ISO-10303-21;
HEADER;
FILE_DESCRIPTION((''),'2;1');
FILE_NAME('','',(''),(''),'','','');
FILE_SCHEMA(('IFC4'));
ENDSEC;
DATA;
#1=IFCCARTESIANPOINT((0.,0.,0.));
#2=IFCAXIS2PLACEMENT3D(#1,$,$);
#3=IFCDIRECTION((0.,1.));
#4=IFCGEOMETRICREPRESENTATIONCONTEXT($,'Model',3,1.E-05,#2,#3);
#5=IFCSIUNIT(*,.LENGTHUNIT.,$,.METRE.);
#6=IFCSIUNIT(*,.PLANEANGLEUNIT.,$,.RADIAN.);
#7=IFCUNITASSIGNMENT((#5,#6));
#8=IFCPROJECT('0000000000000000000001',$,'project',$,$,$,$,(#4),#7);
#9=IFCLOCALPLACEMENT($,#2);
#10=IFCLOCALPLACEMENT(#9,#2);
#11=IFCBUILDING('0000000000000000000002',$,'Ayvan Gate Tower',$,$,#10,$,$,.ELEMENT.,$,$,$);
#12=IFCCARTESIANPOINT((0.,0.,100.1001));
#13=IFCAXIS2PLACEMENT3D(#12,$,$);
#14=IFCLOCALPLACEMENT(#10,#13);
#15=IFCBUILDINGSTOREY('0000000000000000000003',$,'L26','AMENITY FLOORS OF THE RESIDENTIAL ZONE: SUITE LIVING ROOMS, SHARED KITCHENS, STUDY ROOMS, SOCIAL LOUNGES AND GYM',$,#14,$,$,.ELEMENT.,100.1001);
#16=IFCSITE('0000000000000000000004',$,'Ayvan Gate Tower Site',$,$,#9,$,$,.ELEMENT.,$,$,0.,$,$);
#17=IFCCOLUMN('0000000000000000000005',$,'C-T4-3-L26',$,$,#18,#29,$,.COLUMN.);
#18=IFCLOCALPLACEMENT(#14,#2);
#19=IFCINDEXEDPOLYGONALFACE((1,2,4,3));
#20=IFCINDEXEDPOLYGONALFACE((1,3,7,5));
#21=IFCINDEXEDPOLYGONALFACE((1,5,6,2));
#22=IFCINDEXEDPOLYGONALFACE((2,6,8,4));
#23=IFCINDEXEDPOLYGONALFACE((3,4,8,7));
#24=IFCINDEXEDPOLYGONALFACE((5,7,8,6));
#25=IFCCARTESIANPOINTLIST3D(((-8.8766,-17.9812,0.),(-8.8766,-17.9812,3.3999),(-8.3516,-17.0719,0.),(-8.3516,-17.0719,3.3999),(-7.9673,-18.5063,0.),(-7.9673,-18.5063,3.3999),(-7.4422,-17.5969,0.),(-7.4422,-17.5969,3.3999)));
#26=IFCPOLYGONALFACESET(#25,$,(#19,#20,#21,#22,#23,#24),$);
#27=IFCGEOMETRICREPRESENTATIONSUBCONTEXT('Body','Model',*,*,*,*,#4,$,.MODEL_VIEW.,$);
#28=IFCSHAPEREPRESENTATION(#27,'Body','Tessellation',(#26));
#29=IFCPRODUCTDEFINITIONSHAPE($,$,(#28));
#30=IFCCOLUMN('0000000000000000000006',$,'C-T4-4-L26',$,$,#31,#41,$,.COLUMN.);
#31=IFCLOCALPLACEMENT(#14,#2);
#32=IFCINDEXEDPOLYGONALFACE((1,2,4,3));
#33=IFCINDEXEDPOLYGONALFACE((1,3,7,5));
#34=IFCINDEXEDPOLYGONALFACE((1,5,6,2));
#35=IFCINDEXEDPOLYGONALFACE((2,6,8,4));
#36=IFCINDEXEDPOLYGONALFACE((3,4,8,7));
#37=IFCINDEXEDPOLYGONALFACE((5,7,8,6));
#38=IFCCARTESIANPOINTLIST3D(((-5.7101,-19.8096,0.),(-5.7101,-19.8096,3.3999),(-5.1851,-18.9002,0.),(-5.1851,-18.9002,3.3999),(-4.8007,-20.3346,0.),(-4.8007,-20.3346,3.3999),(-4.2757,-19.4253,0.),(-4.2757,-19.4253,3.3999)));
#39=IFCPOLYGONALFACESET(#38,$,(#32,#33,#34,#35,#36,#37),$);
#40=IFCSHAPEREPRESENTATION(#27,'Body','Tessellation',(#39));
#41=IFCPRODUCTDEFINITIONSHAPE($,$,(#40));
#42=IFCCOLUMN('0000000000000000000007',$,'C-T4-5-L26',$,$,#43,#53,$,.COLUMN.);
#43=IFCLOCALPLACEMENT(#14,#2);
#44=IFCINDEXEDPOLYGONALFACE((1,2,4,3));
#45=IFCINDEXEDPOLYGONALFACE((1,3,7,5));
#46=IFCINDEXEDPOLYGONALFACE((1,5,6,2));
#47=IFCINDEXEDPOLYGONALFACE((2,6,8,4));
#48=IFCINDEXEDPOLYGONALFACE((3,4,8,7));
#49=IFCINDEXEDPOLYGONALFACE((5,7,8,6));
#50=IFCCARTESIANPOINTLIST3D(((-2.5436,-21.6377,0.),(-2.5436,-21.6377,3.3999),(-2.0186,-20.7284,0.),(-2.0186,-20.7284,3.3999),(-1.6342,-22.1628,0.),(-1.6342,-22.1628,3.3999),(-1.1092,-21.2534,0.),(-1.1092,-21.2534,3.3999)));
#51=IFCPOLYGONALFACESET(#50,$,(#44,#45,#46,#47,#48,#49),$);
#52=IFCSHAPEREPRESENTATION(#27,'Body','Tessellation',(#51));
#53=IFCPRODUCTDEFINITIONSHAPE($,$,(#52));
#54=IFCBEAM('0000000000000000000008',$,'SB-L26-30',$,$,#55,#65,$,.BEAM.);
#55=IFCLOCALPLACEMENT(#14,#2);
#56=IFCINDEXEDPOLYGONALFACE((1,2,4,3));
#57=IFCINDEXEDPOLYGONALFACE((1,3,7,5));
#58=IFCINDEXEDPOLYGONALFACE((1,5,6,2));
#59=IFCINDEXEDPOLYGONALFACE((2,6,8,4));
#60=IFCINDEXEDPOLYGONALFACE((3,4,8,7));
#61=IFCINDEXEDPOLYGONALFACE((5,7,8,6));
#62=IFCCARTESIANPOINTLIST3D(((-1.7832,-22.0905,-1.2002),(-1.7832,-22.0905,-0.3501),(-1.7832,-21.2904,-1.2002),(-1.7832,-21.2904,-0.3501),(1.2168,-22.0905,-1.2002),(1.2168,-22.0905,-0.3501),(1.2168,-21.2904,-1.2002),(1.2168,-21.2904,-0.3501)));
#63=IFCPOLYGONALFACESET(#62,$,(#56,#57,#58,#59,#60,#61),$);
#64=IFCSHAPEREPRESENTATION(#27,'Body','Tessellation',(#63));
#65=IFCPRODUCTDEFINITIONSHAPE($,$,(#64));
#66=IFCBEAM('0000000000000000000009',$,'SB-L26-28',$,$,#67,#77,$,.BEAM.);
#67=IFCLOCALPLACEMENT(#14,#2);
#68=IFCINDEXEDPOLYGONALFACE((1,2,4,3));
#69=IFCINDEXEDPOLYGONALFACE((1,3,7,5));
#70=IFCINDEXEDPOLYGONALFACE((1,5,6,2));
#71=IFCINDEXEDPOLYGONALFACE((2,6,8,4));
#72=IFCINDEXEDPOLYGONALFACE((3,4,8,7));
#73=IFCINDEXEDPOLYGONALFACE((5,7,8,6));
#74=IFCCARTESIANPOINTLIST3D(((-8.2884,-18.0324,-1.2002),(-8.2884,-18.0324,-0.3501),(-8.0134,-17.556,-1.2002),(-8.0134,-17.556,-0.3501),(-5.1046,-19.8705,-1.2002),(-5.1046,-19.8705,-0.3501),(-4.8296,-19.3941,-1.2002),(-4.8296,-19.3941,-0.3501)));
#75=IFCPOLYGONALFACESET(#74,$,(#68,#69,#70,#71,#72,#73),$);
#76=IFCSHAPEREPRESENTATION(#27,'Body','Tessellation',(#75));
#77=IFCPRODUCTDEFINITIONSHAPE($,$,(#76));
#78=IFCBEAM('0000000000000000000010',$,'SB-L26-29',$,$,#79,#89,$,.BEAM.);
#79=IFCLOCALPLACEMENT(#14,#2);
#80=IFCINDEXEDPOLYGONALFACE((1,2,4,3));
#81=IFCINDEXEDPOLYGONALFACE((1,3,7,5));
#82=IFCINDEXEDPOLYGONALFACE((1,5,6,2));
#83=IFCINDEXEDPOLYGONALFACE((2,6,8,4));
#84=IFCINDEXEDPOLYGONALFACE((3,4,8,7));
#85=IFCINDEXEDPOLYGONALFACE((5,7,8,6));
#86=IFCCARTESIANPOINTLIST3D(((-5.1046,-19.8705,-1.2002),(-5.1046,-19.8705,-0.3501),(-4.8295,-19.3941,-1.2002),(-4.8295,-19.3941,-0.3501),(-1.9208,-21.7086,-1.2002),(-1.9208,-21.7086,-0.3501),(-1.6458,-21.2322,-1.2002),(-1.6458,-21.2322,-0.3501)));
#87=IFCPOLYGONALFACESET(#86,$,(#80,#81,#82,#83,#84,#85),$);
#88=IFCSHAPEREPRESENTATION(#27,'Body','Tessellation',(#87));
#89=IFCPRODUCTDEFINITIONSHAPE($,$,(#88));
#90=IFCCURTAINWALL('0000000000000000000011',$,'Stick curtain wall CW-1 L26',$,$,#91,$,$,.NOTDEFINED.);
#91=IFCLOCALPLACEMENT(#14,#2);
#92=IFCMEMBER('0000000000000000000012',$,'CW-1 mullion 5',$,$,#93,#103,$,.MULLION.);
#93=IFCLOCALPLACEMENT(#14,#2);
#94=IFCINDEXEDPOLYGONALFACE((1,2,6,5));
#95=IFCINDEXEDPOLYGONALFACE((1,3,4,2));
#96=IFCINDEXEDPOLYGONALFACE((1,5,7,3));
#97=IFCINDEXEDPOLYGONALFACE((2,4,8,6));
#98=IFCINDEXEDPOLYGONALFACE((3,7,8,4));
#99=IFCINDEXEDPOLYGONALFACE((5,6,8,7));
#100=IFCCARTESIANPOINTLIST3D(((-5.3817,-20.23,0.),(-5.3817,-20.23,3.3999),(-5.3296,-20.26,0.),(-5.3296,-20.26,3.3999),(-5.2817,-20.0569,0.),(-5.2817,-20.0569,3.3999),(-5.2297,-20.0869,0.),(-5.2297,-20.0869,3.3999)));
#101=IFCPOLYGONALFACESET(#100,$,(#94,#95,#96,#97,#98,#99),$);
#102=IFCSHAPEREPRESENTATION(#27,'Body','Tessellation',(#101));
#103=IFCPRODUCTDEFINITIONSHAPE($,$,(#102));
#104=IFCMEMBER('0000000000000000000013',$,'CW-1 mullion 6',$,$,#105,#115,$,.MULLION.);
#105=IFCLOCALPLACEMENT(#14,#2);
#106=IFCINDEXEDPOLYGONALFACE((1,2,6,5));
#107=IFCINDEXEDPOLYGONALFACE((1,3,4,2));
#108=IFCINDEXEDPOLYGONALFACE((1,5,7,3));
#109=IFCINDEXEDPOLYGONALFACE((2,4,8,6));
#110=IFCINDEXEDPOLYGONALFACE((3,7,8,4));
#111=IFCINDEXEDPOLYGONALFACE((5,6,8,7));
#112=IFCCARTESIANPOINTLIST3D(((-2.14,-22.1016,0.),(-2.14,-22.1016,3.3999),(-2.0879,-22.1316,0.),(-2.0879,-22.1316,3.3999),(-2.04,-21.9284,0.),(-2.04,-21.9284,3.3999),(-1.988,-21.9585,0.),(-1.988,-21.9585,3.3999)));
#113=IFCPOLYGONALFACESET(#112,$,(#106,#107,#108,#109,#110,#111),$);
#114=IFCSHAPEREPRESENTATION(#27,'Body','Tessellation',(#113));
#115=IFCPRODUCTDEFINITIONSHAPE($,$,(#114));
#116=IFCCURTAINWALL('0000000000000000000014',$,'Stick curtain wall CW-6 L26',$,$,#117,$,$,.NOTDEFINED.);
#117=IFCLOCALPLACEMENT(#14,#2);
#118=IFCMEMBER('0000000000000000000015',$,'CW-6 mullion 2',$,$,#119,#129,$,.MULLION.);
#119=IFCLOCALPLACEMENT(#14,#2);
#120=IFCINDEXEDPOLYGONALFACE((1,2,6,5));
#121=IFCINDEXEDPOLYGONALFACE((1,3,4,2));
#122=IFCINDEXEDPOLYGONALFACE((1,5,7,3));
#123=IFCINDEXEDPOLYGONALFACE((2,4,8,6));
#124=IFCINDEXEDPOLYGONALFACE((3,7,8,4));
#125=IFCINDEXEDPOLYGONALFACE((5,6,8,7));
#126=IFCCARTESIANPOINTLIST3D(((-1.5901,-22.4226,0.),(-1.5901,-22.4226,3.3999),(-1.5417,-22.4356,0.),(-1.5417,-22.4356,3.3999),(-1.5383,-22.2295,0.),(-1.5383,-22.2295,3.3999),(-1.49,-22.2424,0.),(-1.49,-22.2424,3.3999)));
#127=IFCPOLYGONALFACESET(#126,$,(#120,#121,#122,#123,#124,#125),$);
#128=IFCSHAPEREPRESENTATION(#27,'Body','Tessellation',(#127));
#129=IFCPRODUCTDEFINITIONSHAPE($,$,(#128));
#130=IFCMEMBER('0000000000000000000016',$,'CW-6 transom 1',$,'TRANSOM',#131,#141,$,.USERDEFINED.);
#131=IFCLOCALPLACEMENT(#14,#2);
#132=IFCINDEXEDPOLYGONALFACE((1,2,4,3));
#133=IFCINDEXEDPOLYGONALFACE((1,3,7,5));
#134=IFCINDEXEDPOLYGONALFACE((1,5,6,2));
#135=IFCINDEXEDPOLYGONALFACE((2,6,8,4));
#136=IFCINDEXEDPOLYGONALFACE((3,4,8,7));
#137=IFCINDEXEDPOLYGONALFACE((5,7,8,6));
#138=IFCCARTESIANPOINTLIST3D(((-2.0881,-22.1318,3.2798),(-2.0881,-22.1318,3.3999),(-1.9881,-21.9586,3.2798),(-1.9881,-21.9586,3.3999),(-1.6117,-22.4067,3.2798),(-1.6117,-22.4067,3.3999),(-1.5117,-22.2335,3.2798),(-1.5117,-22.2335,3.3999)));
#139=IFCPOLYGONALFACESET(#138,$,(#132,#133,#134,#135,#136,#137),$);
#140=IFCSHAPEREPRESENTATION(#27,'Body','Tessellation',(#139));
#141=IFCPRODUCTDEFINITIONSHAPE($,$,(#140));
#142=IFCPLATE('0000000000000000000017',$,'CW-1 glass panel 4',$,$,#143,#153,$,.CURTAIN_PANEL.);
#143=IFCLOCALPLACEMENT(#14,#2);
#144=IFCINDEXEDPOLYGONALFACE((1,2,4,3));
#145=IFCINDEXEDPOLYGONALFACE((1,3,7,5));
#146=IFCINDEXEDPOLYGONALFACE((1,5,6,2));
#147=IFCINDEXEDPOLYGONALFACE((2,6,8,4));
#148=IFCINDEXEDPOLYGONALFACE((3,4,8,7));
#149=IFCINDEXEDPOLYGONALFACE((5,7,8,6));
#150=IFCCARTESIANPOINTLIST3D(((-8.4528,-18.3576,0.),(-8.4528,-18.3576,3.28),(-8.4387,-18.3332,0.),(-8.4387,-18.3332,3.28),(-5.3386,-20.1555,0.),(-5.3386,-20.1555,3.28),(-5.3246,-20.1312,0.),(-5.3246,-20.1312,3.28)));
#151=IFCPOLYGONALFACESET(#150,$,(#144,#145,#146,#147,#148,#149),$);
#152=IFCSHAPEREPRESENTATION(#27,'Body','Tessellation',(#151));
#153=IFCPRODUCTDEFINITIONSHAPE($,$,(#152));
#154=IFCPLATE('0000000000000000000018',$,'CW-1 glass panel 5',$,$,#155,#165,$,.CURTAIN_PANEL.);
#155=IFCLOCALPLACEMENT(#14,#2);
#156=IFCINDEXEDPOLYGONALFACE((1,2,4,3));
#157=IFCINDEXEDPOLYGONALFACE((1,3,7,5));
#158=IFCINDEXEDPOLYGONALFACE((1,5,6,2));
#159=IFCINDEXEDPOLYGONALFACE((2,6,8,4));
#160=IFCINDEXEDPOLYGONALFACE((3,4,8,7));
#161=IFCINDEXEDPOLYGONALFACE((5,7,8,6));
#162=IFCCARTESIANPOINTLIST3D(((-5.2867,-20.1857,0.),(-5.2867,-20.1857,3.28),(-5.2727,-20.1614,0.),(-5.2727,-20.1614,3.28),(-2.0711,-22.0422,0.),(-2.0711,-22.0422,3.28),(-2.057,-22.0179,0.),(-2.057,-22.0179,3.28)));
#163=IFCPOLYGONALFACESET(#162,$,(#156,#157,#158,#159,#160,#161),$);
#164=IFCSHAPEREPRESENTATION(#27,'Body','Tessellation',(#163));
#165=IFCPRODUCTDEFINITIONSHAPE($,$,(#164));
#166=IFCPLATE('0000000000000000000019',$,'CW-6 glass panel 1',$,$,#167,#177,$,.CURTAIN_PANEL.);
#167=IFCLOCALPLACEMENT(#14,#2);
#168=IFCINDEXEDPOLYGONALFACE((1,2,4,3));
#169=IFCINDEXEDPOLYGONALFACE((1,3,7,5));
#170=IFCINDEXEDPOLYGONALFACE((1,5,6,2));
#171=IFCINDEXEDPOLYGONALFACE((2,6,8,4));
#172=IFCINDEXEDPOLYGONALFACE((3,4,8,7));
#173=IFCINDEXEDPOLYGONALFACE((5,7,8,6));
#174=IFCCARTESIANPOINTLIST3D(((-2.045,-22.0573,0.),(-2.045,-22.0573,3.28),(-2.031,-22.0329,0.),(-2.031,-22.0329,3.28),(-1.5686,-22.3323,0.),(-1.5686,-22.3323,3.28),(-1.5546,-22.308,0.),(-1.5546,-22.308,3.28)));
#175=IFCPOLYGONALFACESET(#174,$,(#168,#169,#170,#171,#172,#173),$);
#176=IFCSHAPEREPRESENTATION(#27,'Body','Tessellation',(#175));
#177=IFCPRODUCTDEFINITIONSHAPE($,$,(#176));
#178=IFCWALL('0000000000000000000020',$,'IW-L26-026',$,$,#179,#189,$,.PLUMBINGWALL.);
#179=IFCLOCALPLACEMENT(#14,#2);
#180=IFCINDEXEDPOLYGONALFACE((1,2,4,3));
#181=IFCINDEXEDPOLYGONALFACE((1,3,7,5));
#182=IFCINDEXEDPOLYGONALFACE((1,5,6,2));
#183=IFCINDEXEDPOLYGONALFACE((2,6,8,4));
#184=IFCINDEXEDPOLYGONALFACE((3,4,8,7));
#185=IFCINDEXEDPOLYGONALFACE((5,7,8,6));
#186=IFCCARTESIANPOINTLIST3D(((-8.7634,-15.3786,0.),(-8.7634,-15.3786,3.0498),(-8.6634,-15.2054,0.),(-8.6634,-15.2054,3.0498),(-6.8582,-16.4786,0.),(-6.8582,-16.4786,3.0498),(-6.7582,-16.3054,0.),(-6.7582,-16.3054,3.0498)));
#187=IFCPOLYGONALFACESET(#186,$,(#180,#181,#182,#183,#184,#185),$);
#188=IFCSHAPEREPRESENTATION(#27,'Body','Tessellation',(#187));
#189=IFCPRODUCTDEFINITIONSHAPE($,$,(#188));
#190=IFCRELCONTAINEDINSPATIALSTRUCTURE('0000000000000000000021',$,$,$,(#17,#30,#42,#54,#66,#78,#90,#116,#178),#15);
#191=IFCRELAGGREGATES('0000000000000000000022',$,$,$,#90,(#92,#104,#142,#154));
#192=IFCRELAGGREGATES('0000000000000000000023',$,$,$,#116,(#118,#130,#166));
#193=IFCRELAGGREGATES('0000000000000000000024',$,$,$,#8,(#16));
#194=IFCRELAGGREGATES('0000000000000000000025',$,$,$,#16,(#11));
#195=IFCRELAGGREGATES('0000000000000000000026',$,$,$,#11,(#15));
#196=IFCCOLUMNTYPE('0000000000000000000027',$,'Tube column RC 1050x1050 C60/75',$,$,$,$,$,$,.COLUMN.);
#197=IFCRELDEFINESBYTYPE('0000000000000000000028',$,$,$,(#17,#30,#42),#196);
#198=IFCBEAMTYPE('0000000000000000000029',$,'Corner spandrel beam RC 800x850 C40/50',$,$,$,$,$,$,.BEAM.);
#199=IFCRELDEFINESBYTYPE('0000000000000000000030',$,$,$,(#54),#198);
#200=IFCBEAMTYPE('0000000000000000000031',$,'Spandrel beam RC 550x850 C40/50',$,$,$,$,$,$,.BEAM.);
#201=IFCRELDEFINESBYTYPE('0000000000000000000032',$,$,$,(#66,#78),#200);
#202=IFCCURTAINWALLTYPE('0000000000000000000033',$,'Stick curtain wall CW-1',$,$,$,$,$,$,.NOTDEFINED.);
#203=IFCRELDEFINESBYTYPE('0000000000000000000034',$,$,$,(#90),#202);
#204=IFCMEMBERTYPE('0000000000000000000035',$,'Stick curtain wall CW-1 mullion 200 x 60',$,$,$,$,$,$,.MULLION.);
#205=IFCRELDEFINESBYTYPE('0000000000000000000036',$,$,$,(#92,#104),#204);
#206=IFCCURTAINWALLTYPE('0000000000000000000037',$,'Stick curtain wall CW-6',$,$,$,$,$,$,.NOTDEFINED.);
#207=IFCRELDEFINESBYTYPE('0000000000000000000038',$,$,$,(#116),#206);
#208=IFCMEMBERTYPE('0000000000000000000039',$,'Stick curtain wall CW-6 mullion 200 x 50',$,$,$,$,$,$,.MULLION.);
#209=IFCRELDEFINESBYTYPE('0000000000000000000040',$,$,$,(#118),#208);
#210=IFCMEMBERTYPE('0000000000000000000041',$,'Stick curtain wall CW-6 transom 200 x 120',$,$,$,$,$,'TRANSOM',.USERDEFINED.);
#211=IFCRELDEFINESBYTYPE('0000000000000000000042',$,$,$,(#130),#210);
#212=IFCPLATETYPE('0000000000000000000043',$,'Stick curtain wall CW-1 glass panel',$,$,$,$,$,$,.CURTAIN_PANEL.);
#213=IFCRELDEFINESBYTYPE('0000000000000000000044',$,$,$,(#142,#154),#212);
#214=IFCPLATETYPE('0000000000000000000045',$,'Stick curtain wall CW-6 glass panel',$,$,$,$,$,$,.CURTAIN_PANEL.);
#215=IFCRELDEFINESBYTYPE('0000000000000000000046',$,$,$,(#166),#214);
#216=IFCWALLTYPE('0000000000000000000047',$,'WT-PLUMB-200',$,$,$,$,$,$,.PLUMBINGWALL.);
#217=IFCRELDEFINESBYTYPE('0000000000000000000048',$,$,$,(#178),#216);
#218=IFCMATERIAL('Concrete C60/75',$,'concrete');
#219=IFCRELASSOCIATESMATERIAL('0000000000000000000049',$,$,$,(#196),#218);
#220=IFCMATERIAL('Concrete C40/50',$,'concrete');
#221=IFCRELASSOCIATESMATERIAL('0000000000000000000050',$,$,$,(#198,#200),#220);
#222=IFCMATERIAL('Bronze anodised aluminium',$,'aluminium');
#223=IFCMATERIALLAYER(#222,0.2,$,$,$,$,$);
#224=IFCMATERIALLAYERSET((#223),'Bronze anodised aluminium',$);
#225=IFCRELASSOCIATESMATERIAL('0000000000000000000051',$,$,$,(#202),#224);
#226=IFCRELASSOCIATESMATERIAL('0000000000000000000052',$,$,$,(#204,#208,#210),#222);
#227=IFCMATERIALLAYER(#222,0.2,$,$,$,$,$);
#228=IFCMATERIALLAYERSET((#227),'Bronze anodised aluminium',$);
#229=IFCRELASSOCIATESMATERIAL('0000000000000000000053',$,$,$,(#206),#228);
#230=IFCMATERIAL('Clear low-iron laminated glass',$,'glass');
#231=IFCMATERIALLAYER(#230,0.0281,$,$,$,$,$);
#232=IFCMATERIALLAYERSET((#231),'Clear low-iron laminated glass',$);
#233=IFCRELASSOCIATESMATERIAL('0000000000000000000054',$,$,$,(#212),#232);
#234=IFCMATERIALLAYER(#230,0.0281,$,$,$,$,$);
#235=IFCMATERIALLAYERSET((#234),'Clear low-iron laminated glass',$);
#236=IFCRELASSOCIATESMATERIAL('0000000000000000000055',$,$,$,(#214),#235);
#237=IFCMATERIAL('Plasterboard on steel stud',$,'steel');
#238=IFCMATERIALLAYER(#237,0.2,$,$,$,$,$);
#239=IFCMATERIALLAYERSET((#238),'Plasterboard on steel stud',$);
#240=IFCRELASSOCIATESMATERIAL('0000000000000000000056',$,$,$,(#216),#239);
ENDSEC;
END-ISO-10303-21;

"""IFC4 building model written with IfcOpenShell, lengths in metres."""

from ifc_helpers import new_model, si_unit, direction, frame, frame_2d, origin, origin_2d, place, context, subcontext, project, spatial, rectangle, extrude, material, layer, layer_set, material_profile, profile_set, type_object, element, aggregate, save


model = new_model("IFC4")

# Units and contexts
model_context = context("Model", 3, precision=1e-05, world=origin(), true_north=direction((0.0, 1.0)))
body_context = subcontext(model_context, "Body", "Model", "MODEL_VIEW")
ifc_project = project(units=[si_unit("LENGTHUNIT", "METRE"), si_unit("PLANEANGLEUNIT", "RADIAN")], contexts=[model_context])

# Site, building, storey
site_placement = place(None, origin())
site = spatial("IfcSite", under=ifc_project, at=site_placement, Name="Ayvan Gate Tower Site", CompositionType="ELEMENT", RefElevation=0.0)
building_placement = place(site_placement, origin())
building = spatial("IfcBuilding", under=site, at=building_placement, Name="Ayvan Gate Tower", CompositionType="ELEMENT")
storey_placement = place(building_placement, frame((0.0, 0.0, 100.1001)))
storey = spatial("IfcBuildingStorey", under=building, at=storey_placement, Name="L26", Description="AMENITY FLOORS OF THE RESIDENTIAL ZONE: SUITE LIVING ROOMS, SHARED KITCHENS, STUDY ROOMS, SOCIAL LOUNGES AND GYM", CompositionType="ELEMENT", Elevation=100.1001)

# Columns
ifc_material_1 = material(Name="Concrete C60/75", Category="concrete")
ifc_material_profile_1 = material_profile(ifc_material_1, rectangle(XDim=1.05, YDim=1.05, at=origin_2d()), Name="RC 1050x1050")
ifc_profile_set_1 = profile_set([ifc_material_profile_1], Name="Concrete C60/75")
column_type = type_object("IfcColumnType", Name="Tube column RC 1050x1050 C60/75", PredefinedType="COLUMN", material=ifc_profile_set_1)
for number, where, z_axis, x_axis, name in (
    (1, (-8.1594, -17.7891, 0.0), (0.0, 0.0, 1.0), (-0.5, -0.866025, 0.0), "C-T4-3-L26"),
    (2, (-4.9929, -19.6174, 0.0), (0.0, 0.0, 1.0), (-0.5, -0.866025, 0.0), "C-T4-4-L26"),
    (3, (-1.8264, -21.4456, 0.0), (0.0, 0.0, 1.0), (-0.5, -0.866025, 0.0), "C-T4-5-L26"),
):
    element("IfcColumn", number, at=place(storey_placement, frame(where, z_axis=z_axis, x_axis=x_axis)), inside=storey, type_object=column_type, Name=name, PredefinedType="COLUMN", context=body_context, shape_type="SweptSolid", body=[
        extrude(rectangle(XDim=1.05, YDim=1.05, at=origin_2d()), origin(), (0.0, 0.0, 1.0), 3.3999),
    ])

# Beams
ifc_material_2 = material(Name="Concrete C40/50", Category="concrete")
ifc_material_profile_2 = material_profile(ifc_material_2, rectangle(XDim=0.8, YDim=0.8501, at=origin_2d()), Name="RC 800x850")
ifc_profile_set_2 = profile_set([ifc_material_profile_2], Name="Concrete C40/50")
beam_type_1 = type_object("IfcBeamType", Name="Corner spandrel beam RC 800x850 C40/50", PredefinedType="BEAM", material=ifc_profile_set_2)
beam_placement = place(storey_placement, frame((-1.7832, -21.6904, -0.7751), z_axis=(1.0, 0.0, 0.0), x_axis=(0.0, 1.0, 0.0)))
element("IfcBeam", 4, at=beam_placement, inside=storey, type_object=beam_type_1, Name="SB-L26-30", PredefinedType="BEAM", context=body_context, shape_type="SweptSolid", body=[
    extrude(rectangle(XDim=0.8, YDim=0.8501, at=origin_2d()), origin(), (0.0, 0.0, 1.0), 3.0),
])
ifc_material_profile_3 = material_profile(ifc_material_2, rectangle(XDim=0.55, YDim=0.8501, at=origin_2d()), Name="RC 550x850")
ifc_profile_set_3 = profile_set([ifc_material_profile_3], Name="Concrete C40/50")
beam_type_2 = type_object("IfcBeamType", Name="Spandrel beam RC 550x850 C40/50", PredefinedType="BEAM", material=ifc_profile_set_3)
for number, where, z_axis, x_axis, name in (
    (5, (-8.1509, -17.7942, -0.7751), (0.866032, -0.499989, 0.0), (0.499989, 0.866032, 0.0), "SB-L26-28"),
    (6, (-4.967, -19.6323, -0.7751), (0.866032, -0.499989, 0.0), (0.499989, 0.866032, 0.0), "SB-L26-29"),
):
    element("IfcBeam", number, at=place(storey_placement, frame(where, z_axis=z_axis, x_axis=x_axis)), inside=storey, type_object=beam_type_2, Name=name, PredefinedType="BEAM", context=body_context, shape_type="SweptSolid", body=[
        extrude(rectangle(XDim=0.55, YDim=0.8501, at=origin_2d()), origin(), (0.0, 0.0, 1.0), 3.6763),
    ])

# Curtain walls, members
ifc_material_3 = material(Name="Bronze anodised aluminium", Category="aluminium")
ifc_layer_1 = layer(ifc_material_3, 0.2)
ifc_layer_set_1 = layer_set([ifc_layer_1], Name="Bronze anodised aluminium")
curtain_wall_type_1 = type_object("IfcCurtainWallType", Name="Stick curtain wall CW-1", PredefinedType="NOTDEFINED", material=ifc_layer_set_1)
curtain_wall_1_placement = place(storey_placement, origin())
curtain_wall_1 = element("IfcCurtainWall", 7, at=curtain_wall_1_placement, inside=storey, type_object=curtain_wall_type_1, Name="Stick curtain wall CW-1 L26", PredefinedType="NOTDEFINED")
ifc_material_profile_4 = material_profile(ifc_material_3, rectangle(XDim=0.2, YDim=0.0601, at=origin_2d()), Name="Stick curtain wall CW-1 mullion 200 x 60")
ifc_profile_set_4 = profile_set([ifc_material_profile_4], Name="Bronze anodised aluminium")
member_type_1 = type_object("IfcMemberType", Name="Stick curtain wall CW-1 mullion 200 x 60", PredefinedType="MULLION", material=ifc_profile_set_4)
member_1_placement = place(storey_placement, frame((-5.3057, -20.1584, 0.0), z_axis=(0.0, 0.0, 1.0), x_axis=(-0.5, -0.866025, 0.0)))
member_1 = element("IfcMember", 8, at=member_1_placement, type_object=member_type_1, Name="CW-1 mullion 5", PredefinedType="MULLION", context=body_context, shape_type="SweptSolid", body=[
    extrude(rectangle(XDim=0.2, YDim=0.0601, at=origin_2d()), origin(), (0.0, 0.0, 1.0), 3.3999),
])
member_2_placement = place(storey_placement, frame((-2.064, -22.03, 0.0), z_axis=(0.0, 0.0, 1.0), x_axis=(-0.5, -0.866025, 0.0)))
member_2 = element("IfcMember", 9, at=member_2_placement, type_object=member_type_1, Name="CW-1 mullion 6", PredefinedType="MULLION", context=body_context, shape_type="SweptSolid", body=[
    extrude(rectangle(XDim=0.2, YDim=0.0601, at=origin_2d()), origin(), (0.0, 0.0, 1.0), 3.3999),
])
ifc_layer_2 = layer(ifc_material_3, 0.2)
ifc_layer_set_2 = layer_set([ifc_layer_2], Name="Bronze anodised aluminium")
curtain_wall_type_2 = type_object("IfcCurtainWallType", Name="Stick curtain wall CW-6", PredefinedType="NOTDEFINED", material=ifc_layer_set_2)
curtain_wall_2_placement = place(storey_placement, origin())
curtain_wall_2 = element("IfcCurtainWall", 10, at=curtain_wall_2_placement, inside=storey, type_object=curtain_wall_type_2, Name="Stick curtain wall CW-6 L26", PredefinedType="NOTDEFINED")
ifc_material_profile_5 = material_profile(ifc_material_3, rectangle(XDim=0.2, YDim=0.05, at=origin_2d()), Name="Stick curtain wall CW-6 mullion 200 x 50")
ifc_profile_set_5 = profile_set([ifc_material_profile_5], Name="Bronze anodised aluminium")
member_type_2 = type_object("IfcMemberType", Name="Stick curtain wall CW-6 mullion 200 x 50", PredefinedType="MULLION", material=ifc_profile_set_5)
member_3_placement = place(storey_placement, frame((-1.54, -22.3325, 0.0), z_axis=(0.0, 0.0, 1.0), x_axis=(-0.258819, -0.965926, 0.0)))
member_3 = element("IfcMember", 11, at=member_3_placement, type_object=member_type_2, Name="CW-6 mullion 2", PredefinedType="MULLION", context=body_context, shape_type="SweptSolid", body=[
    extrude(rectangle(XDim=0.2, YDim=0.05, at=origin_2d()), origin(), (0.0, 0.0, 1.0), 3.3999),
])
ifc_material_profile_6 = material_profile(ifc_material_3, rectangle(XDim=0.2, YDim=0.1201, at=origin_2d()), Name="Stick curtain wall CW-6 transom 200 x 120")
ifc_profile_set_6 = profile_set([ifc_material_profile_6], Name="Bronze anodised aluminium")
member_type_3 = type_object("IfcMemberType", Name="Stick curtain wall CW-6 transom 200 x 120", ElementType="TRANSOM", PredefinedType="USERDEFINED", material=ifc_profile_set_6)
member_4_placement = place(storey_placement, frame((-2.0381, -22.0452, 3.3398), z_axis=(0.866104, -0.499863, 0.0), x_axis=(0.499863, 0.866104, 0.0)))
member_4 = element("IfcMember", 12, at=member_4_placement, type_object=member_type_3, Name="CW-6 transom 1", ObjectType="TRANSOM", PredefinedType="USERDEFINED", context=body_context, shape_type="SweptSolid", body=[
    extrude(rectangle(XDim=0.2, YDim=0.1201, at=origin_2d()), origin(), (0.0, 0.0, 1.0), 0.55),
])

# Plates
ifc_material_4 = material(Name="Clear low-iron laminated glass", Category="glass")
ifc_layer_3 = layer(ifc_material_4, 0.0281)
ifc_layer_set_3 = layer_set([ifc_layer_3], Name="Clear low-iron laminated glass")
plate_type_1 = type_object("IfcPlateType", Name="Stick curtain wall CW-1 glass panel", PredefinedType="CURTAIN_PANEL", material=ifc_layer_set_3)
plate_1_placement = place(storey_placement, frame((-6.8887, -19.2444, 0.0), z_axis=(0.0, 0.0, 1.0), x_axis=(0.866025, -0.5, 0.0)))
plate_1 = element("IfcPlate", 13, at=plate_1_placement, type_object=plate_type_1, Name="CW-1 glass panel 4", PredefinedType="CURTAIN_PANEL", context=body_context, shape_type="SweptSolid", body=[
    extrude(rectangle(XDim=3.5959, YDim=0.0281, at=origin_2d()), origin(), (0.0, 0.0, 1.0), 3.28),
])
plate_2_placement = place(storey_placement, frame((-3.6719, -21.1018, 0.0), z_axis=(0.0, 0.0, 1.0), x_axis=(0.866025, -0.5, 0.0)))
plate_2 = element("IfcPlate", 14, at=plate_2_placement, type_object=plate_type_1, Name="CW-1 glass panel 5", PredefinedType="CURTAIN_PANEL", context=body_context, shape_type="SweptSolid", body=[
    extrude(rectangle(XDim=3.7131, YDim=0.0281, at=origin_2d()), origin(), (0.0, 0.0, 1.0), 3.28),
])
aggregate(curtain_wall_1, [member_1, member_2, plate_1, plate_2])
ifc_layer_4 = layer(ifc_material_4, 0.0281)
ifc_layer_set_4 = layer_set([ifc_layer_4], Name="Clear low-iron laminated glass")
plate_type_2 = type_object("IfcPlateType", Name="Stick curtain wall CW-6 glass panel", PredefinedType="CURTAIN_PANEL", material=ifc_layer_set_4)
plate_3_placement = place(storey_placement, frame((-1.7998, -22.1826, 0.0), z_axis=(0.0, 0.0, 1.0), x_axis=(0.866025, -0.5, 0.0)))
plate_3 = element("IfcPlate", 15, at=plate_3_placement, type_object=plate_type_2, Name="CW-6 glass panel 1", PredefinedType="CURTAIN_PANEL", context=body_context, shape_type="SweptSolid", body=[
    extrude(rectangle(XDim=0.55, YDim=0.0281, at=origin_2d()), origin(), (0.0, 0.0, 1.0), 3.28),
])
aggregate(curtain_wall_2, [member_3, member_4, plate_3])

# Wall
ifc_material_5 = material(Name="Plasterboard on steel stud", Category="steel")
ifc_layer_5 = layer(ifc_material_5, 0.2)
ifc_layer_set_5 = layer_set([ifc_layer_5], Name="Plasterboard on steel stud")
wall_type_1 = type_object("IfcWallType", Name="WT-PLUMB-200", PredefinedType="PLUMBINGWALL", material=ifc_layer_set_5)
wall_1_placement = place(storey_placement, frame((-6.8081, -16.3921, 0.0), z_axis=(0.0, 0.0, 1.0), x_axis=(-0.866008, 0.50003, 0.0)))
element("IfcWall", 16, at=wall_1_placement, inside=storey, type_object=wall_type_1, Name="IW-L26-026", PredefinedType="PLUMBINGWALL", context=body_context, shape_type="SweptSolid", body=[
    extrude(rectangle(XDim=2.2, YDim=0.2, at=frame_2d((1.1001, 0.0))), origin(), (0.0, 0.0, 1.0), 3.0498),
])

save(model, "model.ifc")
